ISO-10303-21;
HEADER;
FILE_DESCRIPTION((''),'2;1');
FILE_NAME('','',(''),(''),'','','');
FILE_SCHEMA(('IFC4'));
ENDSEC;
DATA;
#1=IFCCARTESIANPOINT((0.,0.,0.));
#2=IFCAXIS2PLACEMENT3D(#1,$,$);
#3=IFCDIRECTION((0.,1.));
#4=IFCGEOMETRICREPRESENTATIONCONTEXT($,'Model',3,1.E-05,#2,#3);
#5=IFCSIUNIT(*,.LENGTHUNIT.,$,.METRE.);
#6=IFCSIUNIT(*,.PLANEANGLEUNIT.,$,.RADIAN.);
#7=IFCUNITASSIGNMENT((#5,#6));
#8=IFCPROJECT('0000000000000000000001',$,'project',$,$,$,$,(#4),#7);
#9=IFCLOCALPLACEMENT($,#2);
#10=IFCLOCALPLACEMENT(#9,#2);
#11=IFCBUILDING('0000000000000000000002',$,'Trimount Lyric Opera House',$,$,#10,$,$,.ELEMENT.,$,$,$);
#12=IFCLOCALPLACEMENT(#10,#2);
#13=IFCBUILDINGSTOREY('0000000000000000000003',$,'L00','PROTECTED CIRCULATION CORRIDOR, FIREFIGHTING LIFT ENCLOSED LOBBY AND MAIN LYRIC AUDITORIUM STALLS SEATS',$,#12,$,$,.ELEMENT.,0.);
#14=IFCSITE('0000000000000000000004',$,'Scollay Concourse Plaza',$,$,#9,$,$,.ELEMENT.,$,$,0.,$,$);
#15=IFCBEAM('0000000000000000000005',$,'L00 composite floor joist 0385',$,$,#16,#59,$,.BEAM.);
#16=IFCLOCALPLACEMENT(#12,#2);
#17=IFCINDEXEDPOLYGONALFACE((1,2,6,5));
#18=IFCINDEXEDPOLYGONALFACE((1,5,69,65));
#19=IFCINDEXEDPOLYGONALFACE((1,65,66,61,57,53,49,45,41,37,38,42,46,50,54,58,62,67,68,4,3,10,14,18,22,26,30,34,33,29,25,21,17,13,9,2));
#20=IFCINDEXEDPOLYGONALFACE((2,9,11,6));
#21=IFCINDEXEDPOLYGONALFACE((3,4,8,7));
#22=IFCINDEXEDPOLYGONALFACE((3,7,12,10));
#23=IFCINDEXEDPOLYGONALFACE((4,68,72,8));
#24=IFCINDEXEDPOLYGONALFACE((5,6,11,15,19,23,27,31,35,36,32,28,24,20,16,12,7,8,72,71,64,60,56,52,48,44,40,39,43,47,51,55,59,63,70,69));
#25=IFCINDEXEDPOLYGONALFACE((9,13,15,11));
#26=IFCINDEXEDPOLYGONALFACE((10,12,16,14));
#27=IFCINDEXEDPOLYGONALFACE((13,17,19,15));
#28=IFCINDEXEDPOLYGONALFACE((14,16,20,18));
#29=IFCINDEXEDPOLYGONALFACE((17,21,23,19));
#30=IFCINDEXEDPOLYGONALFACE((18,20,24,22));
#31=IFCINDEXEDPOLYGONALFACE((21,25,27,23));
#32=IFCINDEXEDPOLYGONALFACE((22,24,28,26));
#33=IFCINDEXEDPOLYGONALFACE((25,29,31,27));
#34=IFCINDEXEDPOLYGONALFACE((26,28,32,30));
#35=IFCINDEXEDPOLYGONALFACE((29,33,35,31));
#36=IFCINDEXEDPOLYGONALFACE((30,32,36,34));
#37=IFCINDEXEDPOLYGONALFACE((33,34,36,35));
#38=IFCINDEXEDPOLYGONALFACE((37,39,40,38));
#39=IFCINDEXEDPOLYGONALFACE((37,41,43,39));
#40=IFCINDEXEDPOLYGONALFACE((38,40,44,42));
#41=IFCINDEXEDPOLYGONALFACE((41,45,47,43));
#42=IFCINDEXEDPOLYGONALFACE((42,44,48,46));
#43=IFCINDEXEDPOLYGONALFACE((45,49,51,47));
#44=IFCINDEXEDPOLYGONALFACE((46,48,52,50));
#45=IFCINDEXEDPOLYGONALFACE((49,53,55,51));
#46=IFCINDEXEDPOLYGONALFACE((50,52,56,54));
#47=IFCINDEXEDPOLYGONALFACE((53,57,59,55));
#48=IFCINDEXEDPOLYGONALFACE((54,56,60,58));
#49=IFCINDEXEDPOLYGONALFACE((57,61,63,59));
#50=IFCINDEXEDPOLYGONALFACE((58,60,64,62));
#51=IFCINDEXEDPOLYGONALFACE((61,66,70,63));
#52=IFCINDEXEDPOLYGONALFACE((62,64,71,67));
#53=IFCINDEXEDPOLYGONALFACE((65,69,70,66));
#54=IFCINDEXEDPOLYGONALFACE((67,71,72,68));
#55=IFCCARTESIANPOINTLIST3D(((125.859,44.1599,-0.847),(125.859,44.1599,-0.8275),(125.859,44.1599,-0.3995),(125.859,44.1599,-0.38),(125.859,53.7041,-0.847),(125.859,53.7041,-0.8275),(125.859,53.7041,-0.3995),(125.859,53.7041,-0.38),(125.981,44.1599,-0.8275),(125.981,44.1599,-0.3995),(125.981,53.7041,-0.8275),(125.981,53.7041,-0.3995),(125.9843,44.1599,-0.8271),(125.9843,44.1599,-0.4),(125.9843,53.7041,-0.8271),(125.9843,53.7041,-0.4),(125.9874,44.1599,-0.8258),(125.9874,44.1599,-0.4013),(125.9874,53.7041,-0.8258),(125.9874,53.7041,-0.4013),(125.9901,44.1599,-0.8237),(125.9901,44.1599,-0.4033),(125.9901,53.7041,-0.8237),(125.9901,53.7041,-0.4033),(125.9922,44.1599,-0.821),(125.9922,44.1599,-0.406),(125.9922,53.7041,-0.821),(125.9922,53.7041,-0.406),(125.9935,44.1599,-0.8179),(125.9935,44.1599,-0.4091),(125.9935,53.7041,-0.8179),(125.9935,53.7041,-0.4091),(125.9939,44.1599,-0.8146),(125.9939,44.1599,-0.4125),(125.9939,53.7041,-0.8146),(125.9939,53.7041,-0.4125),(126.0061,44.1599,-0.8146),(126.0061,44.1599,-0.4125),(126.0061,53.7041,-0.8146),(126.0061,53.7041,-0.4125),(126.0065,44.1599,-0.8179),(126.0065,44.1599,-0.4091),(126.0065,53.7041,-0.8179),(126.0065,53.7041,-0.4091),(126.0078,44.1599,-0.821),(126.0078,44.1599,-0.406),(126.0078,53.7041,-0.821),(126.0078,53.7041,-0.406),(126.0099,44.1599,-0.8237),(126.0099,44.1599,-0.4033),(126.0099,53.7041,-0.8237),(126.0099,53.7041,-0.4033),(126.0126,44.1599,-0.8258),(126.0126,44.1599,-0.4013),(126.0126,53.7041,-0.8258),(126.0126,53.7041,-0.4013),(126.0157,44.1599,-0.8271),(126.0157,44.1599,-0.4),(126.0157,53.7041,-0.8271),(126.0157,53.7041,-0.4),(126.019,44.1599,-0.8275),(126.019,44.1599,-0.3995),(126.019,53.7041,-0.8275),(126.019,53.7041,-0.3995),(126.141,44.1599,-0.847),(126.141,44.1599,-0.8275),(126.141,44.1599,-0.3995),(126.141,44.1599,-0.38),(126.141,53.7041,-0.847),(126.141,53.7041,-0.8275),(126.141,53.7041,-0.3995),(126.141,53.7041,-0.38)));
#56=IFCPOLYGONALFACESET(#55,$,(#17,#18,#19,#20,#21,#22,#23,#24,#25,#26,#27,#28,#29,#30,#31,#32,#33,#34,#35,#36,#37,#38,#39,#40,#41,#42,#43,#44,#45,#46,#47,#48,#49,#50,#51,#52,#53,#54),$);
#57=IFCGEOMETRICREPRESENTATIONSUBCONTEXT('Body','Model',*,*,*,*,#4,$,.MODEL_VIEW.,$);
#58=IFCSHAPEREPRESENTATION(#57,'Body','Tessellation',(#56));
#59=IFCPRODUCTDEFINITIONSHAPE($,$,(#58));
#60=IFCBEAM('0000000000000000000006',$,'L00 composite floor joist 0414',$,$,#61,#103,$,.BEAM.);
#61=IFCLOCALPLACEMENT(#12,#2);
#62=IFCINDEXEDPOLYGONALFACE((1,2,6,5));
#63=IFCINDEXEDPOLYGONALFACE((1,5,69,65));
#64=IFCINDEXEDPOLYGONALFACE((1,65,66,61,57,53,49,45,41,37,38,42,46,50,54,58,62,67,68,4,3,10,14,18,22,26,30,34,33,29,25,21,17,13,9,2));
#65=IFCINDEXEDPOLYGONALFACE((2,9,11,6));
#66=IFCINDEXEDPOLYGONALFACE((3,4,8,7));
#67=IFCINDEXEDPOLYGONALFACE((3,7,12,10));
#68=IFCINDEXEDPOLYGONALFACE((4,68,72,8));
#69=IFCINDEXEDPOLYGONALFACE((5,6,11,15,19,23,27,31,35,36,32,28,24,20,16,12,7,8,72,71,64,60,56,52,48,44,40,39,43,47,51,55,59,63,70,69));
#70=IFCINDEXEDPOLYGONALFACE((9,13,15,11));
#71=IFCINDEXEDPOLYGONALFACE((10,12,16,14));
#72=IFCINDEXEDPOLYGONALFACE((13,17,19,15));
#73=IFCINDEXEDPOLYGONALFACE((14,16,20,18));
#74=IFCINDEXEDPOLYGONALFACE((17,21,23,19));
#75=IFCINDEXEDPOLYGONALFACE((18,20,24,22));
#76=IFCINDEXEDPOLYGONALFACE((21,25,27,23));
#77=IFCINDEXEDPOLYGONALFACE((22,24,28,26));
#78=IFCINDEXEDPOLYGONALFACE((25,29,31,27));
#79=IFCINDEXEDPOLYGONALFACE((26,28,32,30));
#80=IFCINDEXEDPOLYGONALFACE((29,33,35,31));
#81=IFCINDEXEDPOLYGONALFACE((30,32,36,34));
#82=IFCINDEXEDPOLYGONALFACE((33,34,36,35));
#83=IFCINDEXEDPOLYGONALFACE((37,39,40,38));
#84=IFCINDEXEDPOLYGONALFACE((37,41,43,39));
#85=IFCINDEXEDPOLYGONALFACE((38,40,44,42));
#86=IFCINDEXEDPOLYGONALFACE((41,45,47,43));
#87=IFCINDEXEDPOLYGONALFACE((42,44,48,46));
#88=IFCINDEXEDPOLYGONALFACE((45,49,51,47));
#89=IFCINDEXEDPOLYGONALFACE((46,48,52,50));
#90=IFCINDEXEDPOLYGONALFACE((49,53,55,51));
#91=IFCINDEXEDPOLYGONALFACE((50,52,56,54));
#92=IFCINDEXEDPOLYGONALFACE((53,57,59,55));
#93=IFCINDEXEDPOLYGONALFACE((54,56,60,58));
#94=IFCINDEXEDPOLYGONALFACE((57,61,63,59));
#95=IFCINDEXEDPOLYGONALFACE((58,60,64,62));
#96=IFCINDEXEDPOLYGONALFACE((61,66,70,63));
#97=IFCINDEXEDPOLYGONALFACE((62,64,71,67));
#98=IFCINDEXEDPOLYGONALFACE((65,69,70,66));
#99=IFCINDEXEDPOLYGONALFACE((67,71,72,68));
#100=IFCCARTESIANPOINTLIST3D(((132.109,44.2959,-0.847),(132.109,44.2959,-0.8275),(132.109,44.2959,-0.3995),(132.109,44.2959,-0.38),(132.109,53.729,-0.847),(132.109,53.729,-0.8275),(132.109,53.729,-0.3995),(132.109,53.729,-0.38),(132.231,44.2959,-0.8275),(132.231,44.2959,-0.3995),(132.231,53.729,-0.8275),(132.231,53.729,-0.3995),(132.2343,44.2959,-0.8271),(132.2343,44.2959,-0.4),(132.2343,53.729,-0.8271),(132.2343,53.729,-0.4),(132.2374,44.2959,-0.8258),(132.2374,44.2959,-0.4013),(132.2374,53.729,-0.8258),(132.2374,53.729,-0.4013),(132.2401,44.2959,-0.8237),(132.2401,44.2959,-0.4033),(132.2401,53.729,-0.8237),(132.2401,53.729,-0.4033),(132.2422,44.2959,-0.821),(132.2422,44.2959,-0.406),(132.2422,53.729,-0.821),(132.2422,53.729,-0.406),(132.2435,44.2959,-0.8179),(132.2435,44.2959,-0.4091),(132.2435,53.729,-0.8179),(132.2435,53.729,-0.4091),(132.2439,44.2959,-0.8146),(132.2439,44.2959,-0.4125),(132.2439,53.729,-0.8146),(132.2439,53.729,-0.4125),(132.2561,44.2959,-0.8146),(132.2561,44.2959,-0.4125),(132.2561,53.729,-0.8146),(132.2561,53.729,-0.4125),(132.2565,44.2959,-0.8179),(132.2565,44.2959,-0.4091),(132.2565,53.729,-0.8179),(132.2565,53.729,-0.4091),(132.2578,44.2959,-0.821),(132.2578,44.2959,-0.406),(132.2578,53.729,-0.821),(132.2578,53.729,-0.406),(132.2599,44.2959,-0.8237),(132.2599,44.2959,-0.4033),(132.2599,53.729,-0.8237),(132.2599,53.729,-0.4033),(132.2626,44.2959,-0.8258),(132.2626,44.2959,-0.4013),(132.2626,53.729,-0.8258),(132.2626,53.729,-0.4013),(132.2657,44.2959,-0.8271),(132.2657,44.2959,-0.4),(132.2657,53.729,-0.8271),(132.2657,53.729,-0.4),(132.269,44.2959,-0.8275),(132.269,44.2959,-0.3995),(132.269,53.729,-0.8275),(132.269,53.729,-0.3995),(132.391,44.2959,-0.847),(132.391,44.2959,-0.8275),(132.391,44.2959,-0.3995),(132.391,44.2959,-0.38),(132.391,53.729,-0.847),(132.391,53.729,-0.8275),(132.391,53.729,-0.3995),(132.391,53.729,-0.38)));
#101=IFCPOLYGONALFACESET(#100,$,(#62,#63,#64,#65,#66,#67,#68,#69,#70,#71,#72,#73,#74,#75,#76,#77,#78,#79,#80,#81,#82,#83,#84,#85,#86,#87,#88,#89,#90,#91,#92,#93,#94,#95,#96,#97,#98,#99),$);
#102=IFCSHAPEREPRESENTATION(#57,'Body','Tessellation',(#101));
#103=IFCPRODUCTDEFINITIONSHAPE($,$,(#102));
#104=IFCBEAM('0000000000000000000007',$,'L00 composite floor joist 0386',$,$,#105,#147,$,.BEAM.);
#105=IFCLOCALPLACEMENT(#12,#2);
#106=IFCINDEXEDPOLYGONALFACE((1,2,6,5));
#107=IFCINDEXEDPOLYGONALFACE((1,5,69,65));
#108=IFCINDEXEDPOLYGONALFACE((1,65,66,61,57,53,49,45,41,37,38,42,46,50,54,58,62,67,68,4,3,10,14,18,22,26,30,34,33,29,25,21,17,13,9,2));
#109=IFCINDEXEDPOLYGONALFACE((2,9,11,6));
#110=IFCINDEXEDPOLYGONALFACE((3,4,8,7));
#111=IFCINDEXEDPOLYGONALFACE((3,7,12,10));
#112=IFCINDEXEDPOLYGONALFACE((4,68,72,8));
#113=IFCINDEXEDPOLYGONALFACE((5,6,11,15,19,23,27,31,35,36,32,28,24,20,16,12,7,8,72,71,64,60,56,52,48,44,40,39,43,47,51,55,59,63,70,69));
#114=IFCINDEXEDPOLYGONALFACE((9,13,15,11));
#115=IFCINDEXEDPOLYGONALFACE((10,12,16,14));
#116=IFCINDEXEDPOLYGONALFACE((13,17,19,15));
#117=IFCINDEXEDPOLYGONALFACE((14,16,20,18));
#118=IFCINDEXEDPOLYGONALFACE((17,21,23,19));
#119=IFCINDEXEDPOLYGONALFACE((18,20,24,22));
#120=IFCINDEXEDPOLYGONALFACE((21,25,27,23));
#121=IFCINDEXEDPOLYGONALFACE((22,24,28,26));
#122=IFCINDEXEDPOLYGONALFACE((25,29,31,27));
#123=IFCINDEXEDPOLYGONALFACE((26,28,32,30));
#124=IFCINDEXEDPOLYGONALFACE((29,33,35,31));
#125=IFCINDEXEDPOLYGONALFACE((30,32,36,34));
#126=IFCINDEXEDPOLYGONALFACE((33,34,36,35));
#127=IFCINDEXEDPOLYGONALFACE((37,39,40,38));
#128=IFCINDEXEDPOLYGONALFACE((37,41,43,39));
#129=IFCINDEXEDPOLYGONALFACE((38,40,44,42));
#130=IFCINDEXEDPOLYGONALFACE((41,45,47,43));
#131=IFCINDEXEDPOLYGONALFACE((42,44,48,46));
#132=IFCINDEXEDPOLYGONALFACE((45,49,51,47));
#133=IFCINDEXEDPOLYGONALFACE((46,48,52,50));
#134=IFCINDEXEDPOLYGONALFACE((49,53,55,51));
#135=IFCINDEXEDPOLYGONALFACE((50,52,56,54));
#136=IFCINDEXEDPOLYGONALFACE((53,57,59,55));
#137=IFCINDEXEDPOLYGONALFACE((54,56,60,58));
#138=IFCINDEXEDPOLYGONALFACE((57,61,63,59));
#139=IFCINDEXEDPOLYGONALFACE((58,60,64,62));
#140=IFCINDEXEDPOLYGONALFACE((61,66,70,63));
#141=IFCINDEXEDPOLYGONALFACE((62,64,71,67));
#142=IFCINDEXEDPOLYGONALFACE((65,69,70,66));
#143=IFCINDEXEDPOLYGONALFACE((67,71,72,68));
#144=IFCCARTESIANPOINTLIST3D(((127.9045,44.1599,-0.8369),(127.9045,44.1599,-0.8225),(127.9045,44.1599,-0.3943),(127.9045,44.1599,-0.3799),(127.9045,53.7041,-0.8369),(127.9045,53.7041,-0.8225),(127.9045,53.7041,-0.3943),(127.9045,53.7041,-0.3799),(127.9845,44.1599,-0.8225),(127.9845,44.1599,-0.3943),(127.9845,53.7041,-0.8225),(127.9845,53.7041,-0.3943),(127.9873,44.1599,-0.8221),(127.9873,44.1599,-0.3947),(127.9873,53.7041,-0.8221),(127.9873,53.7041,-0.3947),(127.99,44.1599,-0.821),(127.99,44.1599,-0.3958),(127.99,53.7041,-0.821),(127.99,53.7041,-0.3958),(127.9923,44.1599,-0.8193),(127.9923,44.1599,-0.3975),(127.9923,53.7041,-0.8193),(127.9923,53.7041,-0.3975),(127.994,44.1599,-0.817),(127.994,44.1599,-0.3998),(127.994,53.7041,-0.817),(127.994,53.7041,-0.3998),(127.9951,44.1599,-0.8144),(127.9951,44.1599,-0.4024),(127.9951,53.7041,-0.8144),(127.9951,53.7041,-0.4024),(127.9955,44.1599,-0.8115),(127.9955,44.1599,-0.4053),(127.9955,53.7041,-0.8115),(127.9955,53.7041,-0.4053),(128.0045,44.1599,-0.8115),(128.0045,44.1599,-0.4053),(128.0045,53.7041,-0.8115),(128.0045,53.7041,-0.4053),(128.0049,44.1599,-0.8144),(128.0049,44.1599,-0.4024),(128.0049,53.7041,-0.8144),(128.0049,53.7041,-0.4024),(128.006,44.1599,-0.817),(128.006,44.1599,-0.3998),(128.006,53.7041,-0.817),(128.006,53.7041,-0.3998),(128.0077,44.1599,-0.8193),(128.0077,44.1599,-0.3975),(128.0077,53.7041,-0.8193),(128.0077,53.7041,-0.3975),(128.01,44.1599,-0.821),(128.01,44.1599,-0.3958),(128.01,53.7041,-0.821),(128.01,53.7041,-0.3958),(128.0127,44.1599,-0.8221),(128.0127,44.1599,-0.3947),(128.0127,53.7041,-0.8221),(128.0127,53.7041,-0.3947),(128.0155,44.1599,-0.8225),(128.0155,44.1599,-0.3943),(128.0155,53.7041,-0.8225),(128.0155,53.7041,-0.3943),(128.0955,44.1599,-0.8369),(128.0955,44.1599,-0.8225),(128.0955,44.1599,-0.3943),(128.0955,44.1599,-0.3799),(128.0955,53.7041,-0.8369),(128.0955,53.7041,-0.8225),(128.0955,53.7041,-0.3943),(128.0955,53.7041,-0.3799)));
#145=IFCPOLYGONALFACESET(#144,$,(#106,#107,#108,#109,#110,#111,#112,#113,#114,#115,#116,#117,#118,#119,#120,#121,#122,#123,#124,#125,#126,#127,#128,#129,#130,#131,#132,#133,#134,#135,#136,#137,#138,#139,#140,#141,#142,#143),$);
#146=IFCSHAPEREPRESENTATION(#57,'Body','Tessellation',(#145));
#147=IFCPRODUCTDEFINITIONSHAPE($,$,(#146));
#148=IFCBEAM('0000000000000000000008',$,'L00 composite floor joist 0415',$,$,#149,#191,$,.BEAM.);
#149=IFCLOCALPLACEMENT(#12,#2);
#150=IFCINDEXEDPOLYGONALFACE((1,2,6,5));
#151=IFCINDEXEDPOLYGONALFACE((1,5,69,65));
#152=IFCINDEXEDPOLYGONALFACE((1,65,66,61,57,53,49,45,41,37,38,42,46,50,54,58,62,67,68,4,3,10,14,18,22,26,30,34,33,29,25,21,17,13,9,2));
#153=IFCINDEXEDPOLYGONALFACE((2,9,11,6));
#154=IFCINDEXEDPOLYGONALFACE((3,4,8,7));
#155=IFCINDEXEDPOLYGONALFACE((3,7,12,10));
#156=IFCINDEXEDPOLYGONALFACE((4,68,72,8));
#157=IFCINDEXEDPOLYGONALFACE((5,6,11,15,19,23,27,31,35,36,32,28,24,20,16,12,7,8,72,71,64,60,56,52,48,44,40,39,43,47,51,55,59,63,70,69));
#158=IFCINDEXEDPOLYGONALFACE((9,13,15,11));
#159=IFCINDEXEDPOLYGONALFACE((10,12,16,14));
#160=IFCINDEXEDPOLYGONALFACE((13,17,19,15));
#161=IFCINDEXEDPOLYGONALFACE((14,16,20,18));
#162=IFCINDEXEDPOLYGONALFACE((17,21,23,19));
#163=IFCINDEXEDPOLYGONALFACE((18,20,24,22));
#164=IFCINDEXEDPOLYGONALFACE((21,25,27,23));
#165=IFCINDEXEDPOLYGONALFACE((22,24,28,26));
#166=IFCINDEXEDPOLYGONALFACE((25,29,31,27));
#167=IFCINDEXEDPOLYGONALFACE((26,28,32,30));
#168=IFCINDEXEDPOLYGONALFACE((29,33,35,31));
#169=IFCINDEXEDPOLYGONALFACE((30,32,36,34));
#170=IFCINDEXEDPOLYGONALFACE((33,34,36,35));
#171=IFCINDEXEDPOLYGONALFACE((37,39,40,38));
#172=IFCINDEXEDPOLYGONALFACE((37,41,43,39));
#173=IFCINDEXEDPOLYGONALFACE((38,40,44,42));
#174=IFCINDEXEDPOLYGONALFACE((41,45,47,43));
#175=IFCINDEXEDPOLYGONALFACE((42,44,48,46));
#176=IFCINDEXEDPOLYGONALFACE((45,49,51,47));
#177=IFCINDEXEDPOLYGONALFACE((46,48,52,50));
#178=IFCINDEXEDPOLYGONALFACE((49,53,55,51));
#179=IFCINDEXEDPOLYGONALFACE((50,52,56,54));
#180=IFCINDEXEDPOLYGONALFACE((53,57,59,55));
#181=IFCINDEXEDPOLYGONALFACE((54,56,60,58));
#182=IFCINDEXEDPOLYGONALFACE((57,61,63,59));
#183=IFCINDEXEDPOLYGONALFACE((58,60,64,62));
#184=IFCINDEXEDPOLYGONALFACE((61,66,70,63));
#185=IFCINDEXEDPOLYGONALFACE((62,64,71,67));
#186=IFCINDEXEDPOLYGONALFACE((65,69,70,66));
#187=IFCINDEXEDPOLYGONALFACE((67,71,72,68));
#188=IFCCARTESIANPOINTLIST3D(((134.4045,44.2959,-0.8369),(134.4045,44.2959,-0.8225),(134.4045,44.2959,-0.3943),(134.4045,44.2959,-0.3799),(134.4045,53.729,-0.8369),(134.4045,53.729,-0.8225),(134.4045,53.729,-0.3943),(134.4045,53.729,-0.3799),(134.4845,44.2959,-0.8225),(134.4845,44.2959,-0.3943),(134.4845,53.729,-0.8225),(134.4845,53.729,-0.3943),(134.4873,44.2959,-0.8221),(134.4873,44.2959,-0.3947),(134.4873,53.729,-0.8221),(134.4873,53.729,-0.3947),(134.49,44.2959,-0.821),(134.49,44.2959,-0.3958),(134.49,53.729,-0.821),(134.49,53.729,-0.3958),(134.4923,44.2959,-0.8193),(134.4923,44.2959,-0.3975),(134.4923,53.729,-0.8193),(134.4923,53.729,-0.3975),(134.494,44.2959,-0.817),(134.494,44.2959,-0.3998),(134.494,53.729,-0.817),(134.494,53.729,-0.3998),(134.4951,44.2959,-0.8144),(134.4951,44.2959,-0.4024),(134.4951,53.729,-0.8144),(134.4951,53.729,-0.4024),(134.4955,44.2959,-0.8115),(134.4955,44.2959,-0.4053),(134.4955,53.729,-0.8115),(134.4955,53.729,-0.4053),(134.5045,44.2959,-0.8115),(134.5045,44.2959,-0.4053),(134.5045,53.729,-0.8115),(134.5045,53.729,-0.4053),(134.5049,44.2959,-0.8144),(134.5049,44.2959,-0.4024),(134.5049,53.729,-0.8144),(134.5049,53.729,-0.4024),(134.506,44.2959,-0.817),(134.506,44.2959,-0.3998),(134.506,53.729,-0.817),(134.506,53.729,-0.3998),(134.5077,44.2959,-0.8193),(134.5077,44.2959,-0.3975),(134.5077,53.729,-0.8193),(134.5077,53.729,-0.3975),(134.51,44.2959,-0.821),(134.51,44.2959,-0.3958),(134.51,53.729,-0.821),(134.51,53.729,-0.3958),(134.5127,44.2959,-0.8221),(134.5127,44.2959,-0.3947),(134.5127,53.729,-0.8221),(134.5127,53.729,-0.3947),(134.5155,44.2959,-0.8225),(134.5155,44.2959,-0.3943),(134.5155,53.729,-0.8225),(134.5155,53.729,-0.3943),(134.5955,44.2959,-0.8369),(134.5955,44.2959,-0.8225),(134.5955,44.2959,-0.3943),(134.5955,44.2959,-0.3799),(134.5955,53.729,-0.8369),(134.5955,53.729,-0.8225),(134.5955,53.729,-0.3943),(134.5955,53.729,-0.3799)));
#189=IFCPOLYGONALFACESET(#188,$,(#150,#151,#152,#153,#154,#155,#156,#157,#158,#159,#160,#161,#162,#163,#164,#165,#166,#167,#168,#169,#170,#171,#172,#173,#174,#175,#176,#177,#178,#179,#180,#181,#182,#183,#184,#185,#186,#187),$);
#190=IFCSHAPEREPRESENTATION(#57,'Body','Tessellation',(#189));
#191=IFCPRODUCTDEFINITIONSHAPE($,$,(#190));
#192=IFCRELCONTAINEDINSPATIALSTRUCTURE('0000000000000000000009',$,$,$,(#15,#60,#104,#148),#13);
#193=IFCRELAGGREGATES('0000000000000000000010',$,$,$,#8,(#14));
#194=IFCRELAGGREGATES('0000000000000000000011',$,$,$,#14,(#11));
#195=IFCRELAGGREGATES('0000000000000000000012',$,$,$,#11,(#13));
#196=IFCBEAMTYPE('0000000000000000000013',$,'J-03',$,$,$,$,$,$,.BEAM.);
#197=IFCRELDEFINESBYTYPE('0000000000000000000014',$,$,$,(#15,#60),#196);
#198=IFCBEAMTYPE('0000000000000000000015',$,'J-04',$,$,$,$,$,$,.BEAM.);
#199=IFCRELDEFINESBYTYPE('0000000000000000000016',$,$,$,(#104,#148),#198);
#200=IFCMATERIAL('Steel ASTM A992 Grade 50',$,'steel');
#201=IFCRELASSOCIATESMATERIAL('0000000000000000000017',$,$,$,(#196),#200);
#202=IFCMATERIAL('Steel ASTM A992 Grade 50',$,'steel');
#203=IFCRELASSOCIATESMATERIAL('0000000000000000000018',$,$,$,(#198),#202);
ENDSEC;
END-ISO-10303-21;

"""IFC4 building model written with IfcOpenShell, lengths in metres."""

from ifc_helpers import new_model, si_unit, direction, frame, origin, origin_2d, place, context, subcontext, project, spatial, i_section, extrude, material, material_profile, profile_set, type_object, element, save


model = new_model("IFC4")

# Units and contexts
model_context = context("Model", 3, precision=1e-05, world=origin(), true_north=direction((0.0, 1.0)))
body_context = subcontext(model_context, "Body", "Model", "MODEL_VIEW")
ifc_project = project(units=[si_unit("LENGTHUNIT", "METRE"), si_unit("PLANEANGLEUNIT", "RADIAN")], contexts=[model_context])

# Site, building, storey
site_placement = place(None, origin())
site = spatial("IfcSite", under=ifc_project, at=site_placement, Name="Scollay Concourse Plaza", CompositionType="ELEMENT", RefElevation=0.0)
building_placement = place(site_placement, origin())
building = spatial("IfcBuilding", under=site, at=building_placement, Name="Trimount Lyric Opera House", CompositionType="ELEMENT")
storey_placement = place(building_placement, origin())
storey = spatial("IfcBuildingStorey", under=building, at=storey_placement, Name="L00", Description="PROTECTED CIRCULATION CORRIDOR, FIREFIGHTING LIFT ENCLOSED LOBBY AND MAIN LYRIC AUDITORIUM STALLS SEATS", CompositionType="ELEMENT", Elevation=0.0)

# Beams
ifc_material_1 = material(Name="Steel ASTM A992 Grade 50", Category="steel")
ifc_material_profile_1 = material_profile(ifc_material_1, i_section(OverallWidth=0.282, OverallDepth=0.467, WebThickness=0.0122, FlangeThickness=0.0195, FilletRadius=0.0129, at=origin_2d()), Name="W18X86")
ifc_profile_set_1 = profile_set([ifc_material_profile_1], Name="Steel ASTM A992 Grade 50")
beam_type_1 = type_object("IfcBeamType", Name="J-03", PredefinedType="BEAM", material=ifc_profile_set_1)
beam_1_placement = place(storey_placement, frame((126.0, 44.1599, -0.6135), z_axis=(0.0, 1.0, 0.0), x_axis=(-1.0, 0.0, 0.0)))
element("IfcBeam", 1, at=beam_1_placement, inside=storey, type_object=beam_type_1, Name="L00 composite floor joist 0385", PredefinedType="BEAM", context=body_context, shape_type="SweptSolid", body=[
    extrude(i_section(OverallWidth=0.282, OverallDepth=0.467, WebThickness=0.0122, FlangeThickness=0.0195, FilletRadius=0.0129, at=origin_2d()), origin(), (0.0, 0.0, 1.0), 9.5442),
])
beam_2_placement = place(storey_placement, frame((132.25, 44.2959, -0.6135), z_axis=(0.0, 1.0, 0.0), x_axis=(-1.0, 0.0, 0.0)))
element("IfcBeam", 2, at=beam_2_placement, inside=storey, type_object=beam_type_1, Name="L00 composite floor joist 0414", PredefinedType="BEAM", context=body_context, shape_type="SweptSolid", body=[
    extrude(i_section(OverallWidth=0.282, OverallDepth=0.467, WebThickness=0.0122, FlangeThickness=0.0195, FilletRadius=0.0129, at=origin_2d()), origin(), (0.0, 0.0, 1.0), 9.4331),
])
ifc_material_2 = material(Name="Steel ASTM A992 Grade 50", Category="steel")
ifc_material_profile_2 = material_profile(ifc_material_2, i_section(OverallWidth=0.1909, OverallDepth=0.457, WebThickness=0.009, FlangeThickness=0.0144, FilletRadius=0.011, at=origin_2d()), Name="W18X50")
ifc_profile_set_2 = profile_set([ifc_material_profile_2], Name="Steel ASTM A992 Grade 50")
beam_type_2 = type_object("IfcBeamType", Name="J-04", PredefinedType="BEAM", material=ifc_profile_set_2)
beam_3_placement = place(storey_placement, frame((128.0, 44.1599, -0.6084), z_axis=(0.0, 1.0, 0.0), x_axis=(-1.0, 0.0, 0.0)))
element("IfcBeam", 3, at=beam_3_placement, inside=storey, type_object=beam_type_2, Name="L00 composite floor joist 0386", PredefinedType="BEAM", context=body_context, shape_type="SweptSolid", body=[
    extrude(i_section(OverallWidth=0.1909, OverallDepth=0.457, WebThickness=0.009, FlangeThickness=0.0144, FilletRadius=0.011, at=origin_2d()), origin(), (0.0, 0.0, 1.0), 9.5442),
])
beam_4_placement = place(storey_placement, frame((134.5, 44.2959, -0.6084), z_axis=(0.0, 1.0, 0.0), x_axis=(-1.0, 0.0, 0.0)))
element("IfcBeam", 4, at=beam_4_placement, inside=storey, type_object=beam_type_2, Name="L00 composite floor joist 0415", PredefinedType="BEAM", context=body_context, shape_type="SweptSolid", body=[
    extrude(i_section(OverallWidth=0.1909, OverallDepth=0.457, WebThickness=0.009, FlangeThickness=0.0144, FilletRadius=0.011, at=origin_2d()), origin(), (0.0, 0.0, 1.0), 9.4331),
])

save(model, "model.ifc")
